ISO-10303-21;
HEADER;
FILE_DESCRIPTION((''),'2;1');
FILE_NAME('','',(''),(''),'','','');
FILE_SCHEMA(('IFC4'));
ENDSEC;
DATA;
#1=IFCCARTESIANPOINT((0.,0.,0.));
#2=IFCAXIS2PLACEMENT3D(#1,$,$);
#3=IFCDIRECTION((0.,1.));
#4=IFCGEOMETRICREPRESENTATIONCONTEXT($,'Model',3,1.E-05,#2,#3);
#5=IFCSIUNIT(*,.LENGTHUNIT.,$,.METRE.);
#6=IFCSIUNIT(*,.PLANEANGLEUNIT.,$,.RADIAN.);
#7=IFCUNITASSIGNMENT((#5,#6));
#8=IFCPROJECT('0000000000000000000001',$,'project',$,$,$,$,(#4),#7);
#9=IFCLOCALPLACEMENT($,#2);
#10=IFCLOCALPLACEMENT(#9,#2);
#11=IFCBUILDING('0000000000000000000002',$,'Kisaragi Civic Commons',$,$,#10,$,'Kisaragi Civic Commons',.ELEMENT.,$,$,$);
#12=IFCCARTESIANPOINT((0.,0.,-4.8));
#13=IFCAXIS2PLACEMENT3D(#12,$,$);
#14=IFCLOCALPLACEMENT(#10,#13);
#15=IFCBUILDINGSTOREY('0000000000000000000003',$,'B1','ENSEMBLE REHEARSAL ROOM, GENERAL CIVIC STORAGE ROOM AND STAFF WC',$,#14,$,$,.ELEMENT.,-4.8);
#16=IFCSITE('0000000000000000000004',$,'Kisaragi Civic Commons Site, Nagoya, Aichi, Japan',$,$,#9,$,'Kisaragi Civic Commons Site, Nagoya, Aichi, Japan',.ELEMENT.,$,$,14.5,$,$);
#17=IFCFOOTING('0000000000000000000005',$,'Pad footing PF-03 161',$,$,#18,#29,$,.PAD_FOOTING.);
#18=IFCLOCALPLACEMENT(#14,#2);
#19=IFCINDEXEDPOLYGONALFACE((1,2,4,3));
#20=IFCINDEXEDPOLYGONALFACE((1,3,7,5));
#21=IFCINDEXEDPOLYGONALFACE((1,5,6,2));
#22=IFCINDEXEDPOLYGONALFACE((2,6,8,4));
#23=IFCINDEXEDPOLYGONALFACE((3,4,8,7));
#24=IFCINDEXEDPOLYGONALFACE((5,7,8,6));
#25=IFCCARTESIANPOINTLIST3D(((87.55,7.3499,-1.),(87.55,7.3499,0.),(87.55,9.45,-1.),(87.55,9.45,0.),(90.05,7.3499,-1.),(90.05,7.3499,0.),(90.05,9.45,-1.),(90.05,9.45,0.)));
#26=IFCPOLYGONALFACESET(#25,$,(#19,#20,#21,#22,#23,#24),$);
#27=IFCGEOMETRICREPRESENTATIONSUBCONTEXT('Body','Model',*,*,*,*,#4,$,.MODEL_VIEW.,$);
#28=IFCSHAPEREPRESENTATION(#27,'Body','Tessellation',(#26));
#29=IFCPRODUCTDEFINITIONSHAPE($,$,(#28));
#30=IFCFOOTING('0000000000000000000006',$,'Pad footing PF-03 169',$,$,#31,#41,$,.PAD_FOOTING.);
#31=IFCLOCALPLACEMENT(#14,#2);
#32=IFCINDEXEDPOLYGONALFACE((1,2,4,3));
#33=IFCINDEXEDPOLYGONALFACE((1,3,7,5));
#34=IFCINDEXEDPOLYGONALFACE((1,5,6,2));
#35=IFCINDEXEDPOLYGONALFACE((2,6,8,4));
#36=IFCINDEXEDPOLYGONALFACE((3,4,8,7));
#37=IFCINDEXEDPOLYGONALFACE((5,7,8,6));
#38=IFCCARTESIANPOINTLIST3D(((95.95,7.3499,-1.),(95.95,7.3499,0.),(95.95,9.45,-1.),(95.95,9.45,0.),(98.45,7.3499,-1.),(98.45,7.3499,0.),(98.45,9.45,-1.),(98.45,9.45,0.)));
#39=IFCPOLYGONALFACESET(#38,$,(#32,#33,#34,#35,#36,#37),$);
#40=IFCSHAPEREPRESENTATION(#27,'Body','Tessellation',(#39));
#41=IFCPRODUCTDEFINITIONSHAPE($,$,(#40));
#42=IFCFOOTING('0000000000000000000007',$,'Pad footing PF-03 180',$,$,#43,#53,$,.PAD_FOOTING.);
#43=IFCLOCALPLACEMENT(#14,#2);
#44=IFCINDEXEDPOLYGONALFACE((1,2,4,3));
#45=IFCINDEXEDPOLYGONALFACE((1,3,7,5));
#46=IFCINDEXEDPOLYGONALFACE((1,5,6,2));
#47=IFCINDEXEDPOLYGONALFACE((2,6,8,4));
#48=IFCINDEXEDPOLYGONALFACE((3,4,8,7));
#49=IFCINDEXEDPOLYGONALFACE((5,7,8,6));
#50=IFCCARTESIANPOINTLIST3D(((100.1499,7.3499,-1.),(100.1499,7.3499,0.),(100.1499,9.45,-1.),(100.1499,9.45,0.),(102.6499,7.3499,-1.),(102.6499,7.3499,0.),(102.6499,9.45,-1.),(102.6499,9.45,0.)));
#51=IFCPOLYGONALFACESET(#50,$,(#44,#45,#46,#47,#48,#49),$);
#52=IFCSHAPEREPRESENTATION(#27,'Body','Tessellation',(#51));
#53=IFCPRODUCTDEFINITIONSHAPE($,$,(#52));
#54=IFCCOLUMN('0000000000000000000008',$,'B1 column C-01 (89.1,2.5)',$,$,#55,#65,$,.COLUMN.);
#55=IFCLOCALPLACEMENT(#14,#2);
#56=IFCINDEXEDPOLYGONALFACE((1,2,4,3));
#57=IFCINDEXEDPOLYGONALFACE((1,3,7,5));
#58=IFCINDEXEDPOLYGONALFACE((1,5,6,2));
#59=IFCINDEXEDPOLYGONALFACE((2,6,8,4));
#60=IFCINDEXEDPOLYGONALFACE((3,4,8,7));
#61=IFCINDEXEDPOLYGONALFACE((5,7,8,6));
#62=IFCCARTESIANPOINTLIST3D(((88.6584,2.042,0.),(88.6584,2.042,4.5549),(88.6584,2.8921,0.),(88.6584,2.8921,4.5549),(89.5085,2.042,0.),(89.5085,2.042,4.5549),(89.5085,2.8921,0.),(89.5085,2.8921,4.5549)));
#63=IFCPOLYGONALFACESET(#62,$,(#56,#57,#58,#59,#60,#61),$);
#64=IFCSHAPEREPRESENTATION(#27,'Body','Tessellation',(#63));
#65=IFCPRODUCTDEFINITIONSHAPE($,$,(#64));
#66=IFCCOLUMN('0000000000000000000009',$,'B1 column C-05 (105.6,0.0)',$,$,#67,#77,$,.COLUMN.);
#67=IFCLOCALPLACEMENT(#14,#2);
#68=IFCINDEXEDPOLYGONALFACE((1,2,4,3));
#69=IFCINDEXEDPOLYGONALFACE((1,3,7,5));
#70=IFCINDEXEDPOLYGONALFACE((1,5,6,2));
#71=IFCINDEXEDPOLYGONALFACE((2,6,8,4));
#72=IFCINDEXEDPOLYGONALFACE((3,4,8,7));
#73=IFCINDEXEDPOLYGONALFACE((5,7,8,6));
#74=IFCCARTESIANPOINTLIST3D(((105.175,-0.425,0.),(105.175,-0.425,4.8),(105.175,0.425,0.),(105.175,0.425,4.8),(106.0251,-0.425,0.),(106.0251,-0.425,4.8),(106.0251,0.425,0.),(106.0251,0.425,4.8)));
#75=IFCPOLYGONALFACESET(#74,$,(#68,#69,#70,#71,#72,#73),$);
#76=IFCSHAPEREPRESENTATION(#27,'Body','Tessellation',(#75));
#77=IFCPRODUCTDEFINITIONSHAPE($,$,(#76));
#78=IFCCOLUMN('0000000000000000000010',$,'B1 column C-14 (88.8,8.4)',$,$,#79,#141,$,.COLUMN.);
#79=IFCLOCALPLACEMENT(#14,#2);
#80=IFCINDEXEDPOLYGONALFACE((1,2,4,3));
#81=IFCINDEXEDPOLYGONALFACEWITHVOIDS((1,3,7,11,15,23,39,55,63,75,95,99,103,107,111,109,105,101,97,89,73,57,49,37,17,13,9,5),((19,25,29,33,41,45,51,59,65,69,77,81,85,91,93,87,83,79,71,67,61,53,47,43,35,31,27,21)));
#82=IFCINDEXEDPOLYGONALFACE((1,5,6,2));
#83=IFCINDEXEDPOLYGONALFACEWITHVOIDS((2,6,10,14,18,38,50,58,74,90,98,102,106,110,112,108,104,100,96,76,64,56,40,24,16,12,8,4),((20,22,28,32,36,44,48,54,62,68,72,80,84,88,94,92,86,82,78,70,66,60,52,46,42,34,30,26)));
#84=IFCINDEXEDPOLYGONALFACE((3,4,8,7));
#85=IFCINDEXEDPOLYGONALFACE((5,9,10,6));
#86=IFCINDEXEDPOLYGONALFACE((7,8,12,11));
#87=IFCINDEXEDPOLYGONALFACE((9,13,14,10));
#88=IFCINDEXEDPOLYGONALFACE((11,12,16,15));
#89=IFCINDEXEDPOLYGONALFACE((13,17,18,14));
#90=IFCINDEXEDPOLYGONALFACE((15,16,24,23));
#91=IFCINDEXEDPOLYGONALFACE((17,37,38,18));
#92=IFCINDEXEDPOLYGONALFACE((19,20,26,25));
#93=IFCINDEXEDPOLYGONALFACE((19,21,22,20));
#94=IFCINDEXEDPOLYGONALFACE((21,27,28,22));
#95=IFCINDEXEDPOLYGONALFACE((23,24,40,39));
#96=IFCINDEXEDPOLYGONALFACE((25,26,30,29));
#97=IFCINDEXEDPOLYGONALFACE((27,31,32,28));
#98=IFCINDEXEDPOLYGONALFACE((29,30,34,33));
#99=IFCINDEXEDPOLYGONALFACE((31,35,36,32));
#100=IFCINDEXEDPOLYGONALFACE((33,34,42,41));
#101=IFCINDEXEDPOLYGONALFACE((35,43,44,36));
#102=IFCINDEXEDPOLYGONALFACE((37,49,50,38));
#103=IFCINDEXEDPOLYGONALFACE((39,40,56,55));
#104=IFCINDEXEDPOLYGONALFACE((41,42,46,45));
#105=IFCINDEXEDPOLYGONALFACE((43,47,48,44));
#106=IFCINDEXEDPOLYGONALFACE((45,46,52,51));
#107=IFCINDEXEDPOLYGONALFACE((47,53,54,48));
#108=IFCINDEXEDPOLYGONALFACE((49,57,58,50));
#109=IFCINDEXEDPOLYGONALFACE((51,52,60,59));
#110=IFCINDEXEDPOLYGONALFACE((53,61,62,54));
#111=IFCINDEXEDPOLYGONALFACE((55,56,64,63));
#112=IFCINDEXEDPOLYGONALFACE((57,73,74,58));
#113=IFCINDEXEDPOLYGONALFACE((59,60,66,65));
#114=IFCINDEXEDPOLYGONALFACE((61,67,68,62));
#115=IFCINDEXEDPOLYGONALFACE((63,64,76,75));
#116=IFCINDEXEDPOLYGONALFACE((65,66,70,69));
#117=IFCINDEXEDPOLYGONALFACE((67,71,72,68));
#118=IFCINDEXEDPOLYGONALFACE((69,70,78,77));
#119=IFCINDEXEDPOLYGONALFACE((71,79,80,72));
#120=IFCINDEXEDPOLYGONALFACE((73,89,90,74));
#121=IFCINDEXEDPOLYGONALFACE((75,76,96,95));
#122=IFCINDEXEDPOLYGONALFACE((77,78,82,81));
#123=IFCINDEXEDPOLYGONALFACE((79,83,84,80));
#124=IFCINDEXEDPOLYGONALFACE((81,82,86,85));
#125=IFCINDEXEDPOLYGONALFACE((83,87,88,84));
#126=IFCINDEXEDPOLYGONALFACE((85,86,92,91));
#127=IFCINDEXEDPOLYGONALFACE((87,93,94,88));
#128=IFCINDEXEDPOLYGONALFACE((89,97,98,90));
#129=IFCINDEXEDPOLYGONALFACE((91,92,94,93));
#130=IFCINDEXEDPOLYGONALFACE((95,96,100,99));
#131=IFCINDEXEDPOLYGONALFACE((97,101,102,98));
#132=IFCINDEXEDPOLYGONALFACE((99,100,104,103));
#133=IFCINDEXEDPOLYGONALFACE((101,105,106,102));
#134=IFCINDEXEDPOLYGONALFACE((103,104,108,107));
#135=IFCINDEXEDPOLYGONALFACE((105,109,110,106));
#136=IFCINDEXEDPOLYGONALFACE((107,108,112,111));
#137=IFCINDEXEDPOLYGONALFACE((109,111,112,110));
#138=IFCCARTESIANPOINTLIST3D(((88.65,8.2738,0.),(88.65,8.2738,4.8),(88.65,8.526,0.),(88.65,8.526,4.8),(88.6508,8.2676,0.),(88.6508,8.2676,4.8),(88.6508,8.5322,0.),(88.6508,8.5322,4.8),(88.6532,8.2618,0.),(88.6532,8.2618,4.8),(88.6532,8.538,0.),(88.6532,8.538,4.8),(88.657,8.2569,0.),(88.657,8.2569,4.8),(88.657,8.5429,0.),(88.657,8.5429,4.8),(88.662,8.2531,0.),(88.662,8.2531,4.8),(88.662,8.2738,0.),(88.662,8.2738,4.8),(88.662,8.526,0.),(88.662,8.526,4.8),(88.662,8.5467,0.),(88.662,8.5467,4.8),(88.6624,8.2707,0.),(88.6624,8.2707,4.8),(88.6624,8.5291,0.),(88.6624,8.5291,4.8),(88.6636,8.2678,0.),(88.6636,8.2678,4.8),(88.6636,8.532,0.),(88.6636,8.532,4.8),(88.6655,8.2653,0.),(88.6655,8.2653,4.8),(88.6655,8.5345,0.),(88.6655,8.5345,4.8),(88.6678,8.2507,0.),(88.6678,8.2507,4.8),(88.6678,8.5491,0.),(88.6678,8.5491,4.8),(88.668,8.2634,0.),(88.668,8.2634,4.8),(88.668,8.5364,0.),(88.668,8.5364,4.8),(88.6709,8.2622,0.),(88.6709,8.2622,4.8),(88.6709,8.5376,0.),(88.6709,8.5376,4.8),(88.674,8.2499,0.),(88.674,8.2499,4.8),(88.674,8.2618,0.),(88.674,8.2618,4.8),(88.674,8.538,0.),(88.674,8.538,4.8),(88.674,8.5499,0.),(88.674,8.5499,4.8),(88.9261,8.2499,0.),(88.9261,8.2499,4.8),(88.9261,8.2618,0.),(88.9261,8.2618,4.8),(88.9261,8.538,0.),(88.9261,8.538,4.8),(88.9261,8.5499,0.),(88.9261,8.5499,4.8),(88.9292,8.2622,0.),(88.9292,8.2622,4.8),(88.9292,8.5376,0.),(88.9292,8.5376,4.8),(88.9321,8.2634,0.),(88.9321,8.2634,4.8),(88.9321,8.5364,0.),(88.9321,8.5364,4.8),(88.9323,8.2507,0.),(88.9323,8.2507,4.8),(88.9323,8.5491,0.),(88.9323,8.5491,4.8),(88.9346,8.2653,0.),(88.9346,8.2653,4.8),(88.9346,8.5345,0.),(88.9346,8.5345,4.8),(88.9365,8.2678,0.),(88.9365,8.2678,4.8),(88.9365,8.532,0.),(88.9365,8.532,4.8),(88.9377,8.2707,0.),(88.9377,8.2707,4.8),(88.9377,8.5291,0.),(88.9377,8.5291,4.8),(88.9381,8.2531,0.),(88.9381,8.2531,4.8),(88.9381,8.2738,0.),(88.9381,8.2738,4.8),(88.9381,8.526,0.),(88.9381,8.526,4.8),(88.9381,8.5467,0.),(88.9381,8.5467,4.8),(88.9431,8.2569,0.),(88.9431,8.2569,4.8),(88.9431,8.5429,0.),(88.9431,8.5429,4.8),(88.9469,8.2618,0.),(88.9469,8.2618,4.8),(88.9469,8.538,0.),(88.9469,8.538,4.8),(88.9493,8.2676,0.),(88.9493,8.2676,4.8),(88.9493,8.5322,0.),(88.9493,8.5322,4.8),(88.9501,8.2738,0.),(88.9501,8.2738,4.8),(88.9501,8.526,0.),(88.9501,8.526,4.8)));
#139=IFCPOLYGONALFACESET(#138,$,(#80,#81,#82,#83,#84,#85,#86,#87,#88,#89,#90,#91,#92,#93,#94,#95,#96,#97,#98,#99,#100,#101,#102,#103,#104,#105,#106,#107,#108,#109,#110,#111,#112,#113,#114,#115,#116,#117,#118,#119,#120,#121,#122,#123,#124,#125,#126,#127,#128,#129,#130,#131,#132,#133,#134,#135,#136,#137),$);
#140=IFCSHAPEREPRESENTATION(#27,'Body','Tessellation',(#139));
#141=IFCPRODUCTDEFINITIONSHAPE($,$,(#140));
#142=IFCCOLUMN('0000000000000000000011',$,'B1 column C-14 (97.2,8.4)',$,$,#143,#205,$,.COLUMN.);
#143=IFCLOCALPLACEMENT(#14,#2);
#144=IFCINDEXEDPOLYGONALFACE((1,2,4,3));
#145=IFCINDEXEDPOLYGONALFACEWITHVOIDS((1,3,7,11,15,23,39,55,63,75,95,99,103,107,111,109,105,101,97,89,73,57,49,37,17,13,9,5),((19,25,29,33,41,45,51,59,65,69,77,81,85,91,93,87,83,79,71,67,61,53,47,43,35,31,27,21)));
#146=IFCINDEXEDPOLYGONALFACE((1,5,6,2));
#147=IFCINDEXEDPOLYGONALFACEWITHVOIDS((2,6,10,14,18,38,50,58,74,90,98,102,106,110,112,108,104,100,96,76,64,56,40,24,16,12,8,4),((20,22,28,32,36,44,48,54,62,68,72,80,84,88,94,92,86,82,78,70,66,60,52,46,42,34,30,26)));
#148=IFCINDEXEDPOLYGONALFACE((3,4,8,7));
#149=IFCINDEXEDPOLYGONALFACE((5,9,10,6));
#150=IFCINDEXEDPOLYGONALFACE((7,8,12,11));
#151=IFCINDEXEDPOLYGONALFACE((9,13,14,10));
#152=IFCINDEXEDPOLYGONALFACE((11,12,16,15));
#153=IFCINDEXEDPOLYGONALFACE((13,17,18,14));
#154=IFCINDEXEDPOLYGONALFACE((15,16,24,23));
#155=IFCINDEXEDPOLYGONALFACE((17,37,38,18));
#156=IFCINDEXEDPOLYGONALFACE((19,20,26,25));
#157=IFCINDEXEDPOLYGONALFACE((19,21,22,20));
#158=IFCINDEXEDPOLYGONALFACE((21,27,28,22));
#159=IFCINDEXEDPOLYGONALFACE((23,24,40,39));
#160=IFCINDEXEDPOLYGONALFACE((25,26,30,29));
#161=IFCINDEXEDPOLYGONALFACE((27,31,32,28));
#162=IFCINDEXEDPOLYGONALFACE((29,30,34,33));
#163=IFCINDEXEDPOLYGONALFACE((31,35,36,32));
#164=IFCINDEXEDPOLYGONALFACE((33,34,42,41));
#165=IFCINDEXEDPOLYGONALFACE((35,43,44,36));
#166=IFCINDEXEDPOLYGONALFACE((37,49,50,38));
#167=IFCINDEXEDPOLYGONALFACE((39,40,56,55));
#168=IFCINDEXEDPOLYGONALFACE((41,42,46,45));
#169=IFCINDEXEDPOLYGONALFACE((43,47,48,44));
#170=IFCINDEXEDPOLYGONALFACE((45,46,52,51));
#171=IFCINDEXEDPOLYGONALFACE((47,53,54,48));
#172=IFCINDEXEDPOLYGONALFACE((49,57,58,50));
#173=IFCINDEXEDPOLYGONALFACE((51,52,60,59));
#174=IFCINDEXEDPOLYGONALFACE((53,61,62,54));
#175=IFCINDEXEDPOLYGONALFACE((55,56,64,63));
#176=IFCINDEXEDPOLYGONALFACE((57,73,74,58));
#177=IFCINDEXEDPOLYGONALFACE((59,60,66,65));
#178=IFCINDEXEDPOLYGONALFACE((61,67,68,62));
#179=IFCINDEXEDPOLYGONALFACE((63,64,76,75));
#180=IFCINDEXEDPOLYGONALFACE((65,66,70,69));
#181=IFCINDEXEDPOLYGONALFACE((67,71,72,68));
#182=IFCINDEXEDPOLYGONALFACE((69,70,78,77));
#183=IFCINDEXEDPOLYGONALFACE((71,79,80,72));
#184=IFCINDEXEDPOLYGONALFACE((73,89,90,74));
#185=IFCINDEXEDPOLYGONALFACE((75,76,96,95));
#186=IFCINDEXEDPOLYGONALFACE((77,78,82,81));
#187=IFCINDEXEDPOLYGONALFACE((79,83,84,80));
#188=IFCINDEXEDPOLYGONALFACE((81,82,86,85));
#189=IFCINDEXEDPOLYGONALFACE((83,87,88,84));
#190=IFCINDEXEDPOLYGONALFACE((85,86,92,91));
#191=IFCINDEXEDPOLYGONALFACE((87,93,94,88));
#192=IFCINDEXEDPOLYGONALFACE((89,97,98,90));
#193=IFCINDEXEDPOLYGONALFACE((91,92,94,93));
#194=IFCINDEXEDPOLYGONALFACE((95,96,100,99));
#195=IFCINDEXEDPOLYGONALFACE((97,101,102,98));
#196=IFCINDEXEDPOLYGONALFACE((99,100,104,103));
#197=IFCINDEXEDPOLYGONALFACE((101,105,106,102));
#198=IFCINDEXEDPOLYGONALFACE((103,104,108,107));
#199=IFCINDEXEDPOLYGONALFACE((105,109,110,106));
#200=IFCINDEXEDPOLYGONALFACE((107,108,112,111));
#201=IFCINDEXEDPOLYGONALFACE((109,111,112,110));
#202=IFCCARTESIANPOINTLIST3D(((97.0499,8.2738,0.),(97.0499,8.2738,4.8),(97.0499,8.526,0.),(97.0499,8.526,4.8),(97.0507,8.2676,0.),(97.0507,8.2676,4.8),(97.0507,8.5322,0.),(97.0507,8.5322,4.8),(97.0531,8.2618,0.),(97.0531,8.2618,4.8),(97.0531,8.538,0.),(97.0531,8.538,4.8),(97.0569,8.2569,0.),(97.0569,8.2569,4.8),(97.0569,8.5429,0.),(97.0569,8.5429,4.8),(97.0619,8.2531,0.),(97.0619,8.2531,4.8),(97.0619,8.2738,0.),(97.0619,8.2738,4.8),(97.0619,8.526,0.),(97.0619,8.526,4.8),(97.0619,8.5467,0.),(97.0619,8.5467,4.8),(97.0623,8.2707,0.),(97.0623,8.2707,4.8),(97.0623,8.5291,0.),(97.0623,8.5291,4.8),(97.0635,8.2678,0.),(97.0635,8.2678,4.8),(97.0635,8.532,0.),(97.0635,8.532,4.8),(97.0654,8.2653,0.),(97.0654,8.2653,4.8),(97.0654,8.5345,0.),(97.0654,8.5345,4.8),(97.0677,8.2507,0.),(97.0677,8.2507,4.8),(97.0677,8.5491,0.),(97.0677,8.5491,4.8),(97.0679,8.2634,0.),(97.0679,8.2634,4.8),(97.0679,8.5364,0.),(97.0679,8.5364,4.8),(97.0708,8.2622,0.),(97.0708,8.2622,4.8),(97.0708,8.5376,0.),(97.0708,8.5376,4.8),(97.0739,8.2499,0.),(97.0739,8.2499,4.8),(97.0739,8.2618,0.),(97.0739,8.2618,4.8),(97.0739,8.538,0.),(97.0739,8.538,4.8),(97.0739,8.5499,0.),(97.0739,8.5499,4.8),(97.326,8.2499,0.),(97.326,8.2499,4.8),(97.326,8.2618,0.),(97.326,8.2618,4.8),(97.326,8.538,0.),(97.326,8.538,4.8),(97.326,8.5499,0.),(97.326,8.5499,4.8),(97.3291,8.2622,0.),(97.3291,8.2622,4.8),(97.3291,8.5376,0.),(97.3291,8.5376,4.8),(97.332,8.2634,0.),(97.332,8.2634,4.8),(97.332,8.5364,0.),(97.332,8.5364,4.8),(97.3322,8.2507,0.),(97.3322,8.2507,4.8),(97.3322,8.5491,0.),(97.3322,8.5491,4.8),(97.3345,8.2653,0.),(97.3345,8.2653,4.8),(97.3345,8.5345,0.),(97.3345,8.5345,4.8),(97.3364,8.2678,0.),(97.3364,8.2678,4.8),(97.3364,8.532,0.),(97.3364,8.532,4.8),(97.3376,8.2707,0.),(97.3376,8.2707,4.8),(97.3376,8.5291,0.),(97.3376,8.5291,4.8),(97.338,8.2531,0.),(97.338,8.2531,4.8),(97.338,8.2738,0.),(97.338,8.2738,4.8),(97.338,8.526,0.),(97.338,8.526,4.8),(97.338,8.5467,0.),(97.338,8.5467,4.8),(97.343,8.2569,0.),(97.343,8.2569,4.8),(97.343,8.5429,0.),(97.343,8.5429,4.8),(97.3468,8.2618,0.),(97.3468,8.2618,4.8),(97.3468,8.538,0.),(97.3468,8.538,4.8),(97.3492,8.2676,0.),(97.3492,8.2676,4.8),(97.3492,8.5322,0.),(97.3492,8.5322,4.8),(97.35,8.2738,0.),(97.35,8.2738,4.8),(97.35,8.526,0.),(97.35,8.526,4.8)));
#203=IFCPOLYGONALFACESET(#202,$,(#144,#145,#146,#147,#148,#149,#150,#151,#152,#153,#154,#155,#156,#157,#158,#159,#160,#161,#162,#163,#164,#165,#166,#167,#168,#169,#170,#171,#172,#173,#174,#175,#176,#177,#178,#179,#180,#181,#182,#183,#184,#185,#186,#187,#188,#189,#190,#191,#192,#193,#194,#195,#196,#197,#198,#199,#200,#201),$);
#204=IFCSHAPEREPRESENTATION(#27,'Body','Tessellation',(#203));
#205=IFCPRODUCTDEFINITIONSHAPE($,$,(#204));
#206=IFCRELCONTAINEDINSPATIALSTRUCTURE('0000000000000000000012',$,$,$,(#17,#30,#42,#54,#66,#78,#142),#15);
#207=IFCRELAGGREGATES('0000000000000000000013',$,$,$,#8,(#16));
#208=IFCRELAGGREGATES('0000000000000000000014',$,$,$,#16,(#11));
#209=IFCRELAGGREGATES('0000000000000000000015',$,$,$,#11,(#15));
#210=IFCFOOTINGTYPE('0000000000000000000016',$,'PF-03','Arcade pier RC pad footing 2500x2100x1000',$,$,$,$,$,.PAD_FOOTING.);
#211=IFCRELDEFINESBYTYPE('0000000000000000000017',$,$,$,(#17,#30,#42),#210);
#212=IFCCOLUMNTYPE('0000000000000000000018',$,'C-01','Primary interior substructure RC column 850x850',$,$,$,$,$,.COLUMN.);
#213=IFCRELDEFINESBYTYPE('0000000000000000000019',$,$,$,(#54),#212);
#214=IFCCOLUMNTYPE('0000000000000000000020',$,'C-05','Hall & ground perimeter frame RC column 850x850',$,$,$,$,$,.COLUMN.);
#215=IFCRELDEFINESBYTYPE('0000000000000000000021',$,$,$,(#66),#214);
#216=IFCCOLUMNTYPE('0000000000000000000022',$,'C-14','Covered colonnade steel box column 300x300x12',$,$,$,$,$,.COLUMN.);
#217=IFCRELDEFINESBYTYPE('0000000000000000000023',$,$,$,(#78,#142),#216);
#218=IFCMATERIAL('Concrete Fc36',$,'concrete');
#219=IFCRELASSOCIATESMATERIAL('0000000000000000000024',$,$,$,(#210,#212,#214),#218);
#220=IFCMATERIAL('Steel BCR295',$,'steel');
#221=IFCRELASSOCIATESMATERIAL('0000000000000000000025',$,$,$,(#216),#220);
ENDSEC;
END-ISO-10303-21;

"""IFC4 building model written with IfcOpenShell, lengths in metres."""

from ifc_helpers import new_model, si_unit, direction, frame, origin, origin_2d, place, context, subcontext, project, spatial, rectangle, hollow_rectangle, extrude, material, material_profile, profile_set, type_object, element, save


model = new_model("IFC4")

# Units and contexts
model_context = context("Model", 3, precision=1e-05, world=origin(), true_north=direction((0.0, 1.0)))
body_context = subcontext(model_context, "Body", "Model", "MODEL_VIEW")
ifc_project = project(units=[si_unit("LENGTHUNIT", "METRE"), si_unit("PLANEANGLEUNIT", "RADIAN")], contexts=[model_context])

# Site, building, storey
site_placement = place(None, origin())
site = spatial("IfcSite", under=ifc_project, at=site_placement, Name="Kisaragi Civic Commons Site, Nagoya, Aichi, Japan", LongName="Kisaragi Civic Commons Site, Nagoya, Aichi, Japan", CompositionType="ELEMENT", RefElevation=14.5)
building_placement = place(site_placement, origin())
building = spatial("IfcBuilding", under=site, at=building_placement, Name="Kisaragi Civic Commons", LongName="Kisaragi Civic Commons", CompositionType="ELEMENT")
storey_placement = place(building_placement, frame((0.0, 0.0, -4.8)))
storey = spatial("IfcBuildingStorey", under=building, at=storey_placement, Name="B1", Description="ENSEMBLE REHEARSAL ROOM, GENERAL CIVIC STORAGE ROOM AND STAFF WC", CompositionType="ELEMENT", Elevation=-4.8)

# Footings
ifc_material_1 = material(Name="Concrete Fc36", Category="concrete")
footing_type_1 = type_object("IfcFootingType", Name="PF-03", Description="Arcade pier RC pad footing 2500x2100x1000", PredefinedType="PAD_FOOTING", material=ifc_material_1)
for number, where, z_axis, x_axis, name in (
    (1, (88.8, 8.3999, -1.0), (0.0, 0.0, 1.0), (1.0, 0.0, 0.0), "Pad footing PF-03 161"),
    (2, (97.2, 8.3999, -1.0), (0.0, 0.0, 1.0), (1.0, 0.0, 0.0), "Pad footing PF-03 169"),
    (3, (101.3999, 8.3999, -1.0), (0.0, 0.0, 1.0), (1.0, 0.0, 0.0), "Pad footing PF-03 180"),
):
    element("IfcFooting", number, at=place(storey_placement, frame(where, z_axis=z_axis, x_axis=x_axis)), inside=storey, type_object=footing_type_1, Name=name, PredefinedType="PAD_FOOTING", context=body_context, shape_type="SweptSolid", body=[
        extrude(rectangle(XDim=2.5, YDim=2.1001, at=origin_2d()), origin(), (0.0, 0.0, 1.0), 1.0),
    ])

# Columns
ifc_material_profile_1 = material_profile(ifc_material_1, rectangle(XDim=0.8501, YDim=0.8501, at=origin_2d()), Name="RC-850x850", Category="concrete")
ifc_profile_set_1 = profile_set([ifc_material_profile_1], Name="Concrete Fc36")
column_type_1 = type_object("IfcColumnType", Name="C-01", Description="Primary interior substructure RC column 850x850", PredefinedType="COLUMN", material=ifc_profile_set_1)
column_1_placement = place(storey_placement, frame((89.0835, 2.467, 0.0), z_axis=(0.0, 0.0, 1.0), x_axis=(1.0, 0.0, 0.0)))
element("IfcColumn", 4, at=column_1_placement, inside=storey, type_object=column_type_1, Name="B1 column C-01 (89.1,2.5)", PredefinedType="COLUMN", context=body_context, shape_type="SweptSolid", body=[
    extrude(rectangle(XDim=0.8501, YDim=0.8501, at=origin_2d()), origin(), (0.0, 0.0, 1.0), 4.5549),
])
ifc_material_profile_2 = material_profile(ifc_material_1, rectangle(XDim=0.8501, YDim=0.8501, at=origin_2d()), Name="RC-850x850", Category="concrete")
ifc_profile_set_2 = profile_set([ifc_material_profile_2], Name="Concrete Fc36")
column_type_2 = type_object("IfcColumnType", Name="C-05", Description="Hall & ground perimeter frame RC column 850x850", PredefinedType="COLUMN", material=ifc_profile_set_2)
column_2_placement = place(storey_placement, frame((105.6001, 0.0, 0.0), z_axis=(0.0, 0.0, 1.0), x_axis=(1.0, 0.0, 0.0)))
element("IfcColumn", 5, at=column_2_placement, inside=storey, type_object=column_type_2, Name="B1 column C-05 (105.6,0.0)", PredefinedType="COLUMN", context=body_context, shape_type="SweptSolid", body=[
    extrude(rectangle(XDim=0.8501, YDim=0.8501, at=origin_2d()), origin(), (0.0, 0.0, 1.0), 4.8),
])
ifc_material_2 = material(Name="Steel BCR295", Category="steel")
ifc_material_profile_3 = material_profile(ifc_material_2, hollow_rectangle(XDim=0.3, YDim=0.3, WallThickness=0.012, InnerFilletRadius=0.012, OuterFilletRadius=0.0239, at=origin_2d()), Name="BCR-300x300x12", Category="steel")
ifc_profile_set_3 = profile_set([ifc_material_profile_3], Name="Steel BCR295")
column_type_3 = type_object("IfcColumnType", Name="C-14", Description="Covered colonnade steel box column 300x300x12", PredefinedType="COLUMN", material=ifc_profile_set_3)
for number, where, z_axis, x_axis, name in (
    (6, (88.8, 8.3999, 0.0), (0.0, 0.0, 1.0), (1.0, 0.0, 0.0), "B1 column C-14 (88.8,8.4)"),
    (7, (97.2, 8.3999, 0.0), (0.0, 0.0, 1.0), (1.0, 0.0, 0.0), "B1 column C-14 (97.2,8.4)"),
):
    element("IfcColumn", number, at=place(storey_placement, frame(where, z_axis=z_axis, x_axis=x_axis)), inside=storey, type_object=column_type_3, Name=name, PredefinedType="COLUMN", context=body_context, shape_type="SweptSolid", body=[
        extrude(hollow_rectangle(XDim=0.3, YDim=0.3, WallThickness=0.012, InnerFilletRadius=0.012, OuterFilletRadius=0.0239, at=origin_2d()), origin(), (0.0, 0.0, 1.0), 4.8),
    ])

save(model, "model.ifc")
